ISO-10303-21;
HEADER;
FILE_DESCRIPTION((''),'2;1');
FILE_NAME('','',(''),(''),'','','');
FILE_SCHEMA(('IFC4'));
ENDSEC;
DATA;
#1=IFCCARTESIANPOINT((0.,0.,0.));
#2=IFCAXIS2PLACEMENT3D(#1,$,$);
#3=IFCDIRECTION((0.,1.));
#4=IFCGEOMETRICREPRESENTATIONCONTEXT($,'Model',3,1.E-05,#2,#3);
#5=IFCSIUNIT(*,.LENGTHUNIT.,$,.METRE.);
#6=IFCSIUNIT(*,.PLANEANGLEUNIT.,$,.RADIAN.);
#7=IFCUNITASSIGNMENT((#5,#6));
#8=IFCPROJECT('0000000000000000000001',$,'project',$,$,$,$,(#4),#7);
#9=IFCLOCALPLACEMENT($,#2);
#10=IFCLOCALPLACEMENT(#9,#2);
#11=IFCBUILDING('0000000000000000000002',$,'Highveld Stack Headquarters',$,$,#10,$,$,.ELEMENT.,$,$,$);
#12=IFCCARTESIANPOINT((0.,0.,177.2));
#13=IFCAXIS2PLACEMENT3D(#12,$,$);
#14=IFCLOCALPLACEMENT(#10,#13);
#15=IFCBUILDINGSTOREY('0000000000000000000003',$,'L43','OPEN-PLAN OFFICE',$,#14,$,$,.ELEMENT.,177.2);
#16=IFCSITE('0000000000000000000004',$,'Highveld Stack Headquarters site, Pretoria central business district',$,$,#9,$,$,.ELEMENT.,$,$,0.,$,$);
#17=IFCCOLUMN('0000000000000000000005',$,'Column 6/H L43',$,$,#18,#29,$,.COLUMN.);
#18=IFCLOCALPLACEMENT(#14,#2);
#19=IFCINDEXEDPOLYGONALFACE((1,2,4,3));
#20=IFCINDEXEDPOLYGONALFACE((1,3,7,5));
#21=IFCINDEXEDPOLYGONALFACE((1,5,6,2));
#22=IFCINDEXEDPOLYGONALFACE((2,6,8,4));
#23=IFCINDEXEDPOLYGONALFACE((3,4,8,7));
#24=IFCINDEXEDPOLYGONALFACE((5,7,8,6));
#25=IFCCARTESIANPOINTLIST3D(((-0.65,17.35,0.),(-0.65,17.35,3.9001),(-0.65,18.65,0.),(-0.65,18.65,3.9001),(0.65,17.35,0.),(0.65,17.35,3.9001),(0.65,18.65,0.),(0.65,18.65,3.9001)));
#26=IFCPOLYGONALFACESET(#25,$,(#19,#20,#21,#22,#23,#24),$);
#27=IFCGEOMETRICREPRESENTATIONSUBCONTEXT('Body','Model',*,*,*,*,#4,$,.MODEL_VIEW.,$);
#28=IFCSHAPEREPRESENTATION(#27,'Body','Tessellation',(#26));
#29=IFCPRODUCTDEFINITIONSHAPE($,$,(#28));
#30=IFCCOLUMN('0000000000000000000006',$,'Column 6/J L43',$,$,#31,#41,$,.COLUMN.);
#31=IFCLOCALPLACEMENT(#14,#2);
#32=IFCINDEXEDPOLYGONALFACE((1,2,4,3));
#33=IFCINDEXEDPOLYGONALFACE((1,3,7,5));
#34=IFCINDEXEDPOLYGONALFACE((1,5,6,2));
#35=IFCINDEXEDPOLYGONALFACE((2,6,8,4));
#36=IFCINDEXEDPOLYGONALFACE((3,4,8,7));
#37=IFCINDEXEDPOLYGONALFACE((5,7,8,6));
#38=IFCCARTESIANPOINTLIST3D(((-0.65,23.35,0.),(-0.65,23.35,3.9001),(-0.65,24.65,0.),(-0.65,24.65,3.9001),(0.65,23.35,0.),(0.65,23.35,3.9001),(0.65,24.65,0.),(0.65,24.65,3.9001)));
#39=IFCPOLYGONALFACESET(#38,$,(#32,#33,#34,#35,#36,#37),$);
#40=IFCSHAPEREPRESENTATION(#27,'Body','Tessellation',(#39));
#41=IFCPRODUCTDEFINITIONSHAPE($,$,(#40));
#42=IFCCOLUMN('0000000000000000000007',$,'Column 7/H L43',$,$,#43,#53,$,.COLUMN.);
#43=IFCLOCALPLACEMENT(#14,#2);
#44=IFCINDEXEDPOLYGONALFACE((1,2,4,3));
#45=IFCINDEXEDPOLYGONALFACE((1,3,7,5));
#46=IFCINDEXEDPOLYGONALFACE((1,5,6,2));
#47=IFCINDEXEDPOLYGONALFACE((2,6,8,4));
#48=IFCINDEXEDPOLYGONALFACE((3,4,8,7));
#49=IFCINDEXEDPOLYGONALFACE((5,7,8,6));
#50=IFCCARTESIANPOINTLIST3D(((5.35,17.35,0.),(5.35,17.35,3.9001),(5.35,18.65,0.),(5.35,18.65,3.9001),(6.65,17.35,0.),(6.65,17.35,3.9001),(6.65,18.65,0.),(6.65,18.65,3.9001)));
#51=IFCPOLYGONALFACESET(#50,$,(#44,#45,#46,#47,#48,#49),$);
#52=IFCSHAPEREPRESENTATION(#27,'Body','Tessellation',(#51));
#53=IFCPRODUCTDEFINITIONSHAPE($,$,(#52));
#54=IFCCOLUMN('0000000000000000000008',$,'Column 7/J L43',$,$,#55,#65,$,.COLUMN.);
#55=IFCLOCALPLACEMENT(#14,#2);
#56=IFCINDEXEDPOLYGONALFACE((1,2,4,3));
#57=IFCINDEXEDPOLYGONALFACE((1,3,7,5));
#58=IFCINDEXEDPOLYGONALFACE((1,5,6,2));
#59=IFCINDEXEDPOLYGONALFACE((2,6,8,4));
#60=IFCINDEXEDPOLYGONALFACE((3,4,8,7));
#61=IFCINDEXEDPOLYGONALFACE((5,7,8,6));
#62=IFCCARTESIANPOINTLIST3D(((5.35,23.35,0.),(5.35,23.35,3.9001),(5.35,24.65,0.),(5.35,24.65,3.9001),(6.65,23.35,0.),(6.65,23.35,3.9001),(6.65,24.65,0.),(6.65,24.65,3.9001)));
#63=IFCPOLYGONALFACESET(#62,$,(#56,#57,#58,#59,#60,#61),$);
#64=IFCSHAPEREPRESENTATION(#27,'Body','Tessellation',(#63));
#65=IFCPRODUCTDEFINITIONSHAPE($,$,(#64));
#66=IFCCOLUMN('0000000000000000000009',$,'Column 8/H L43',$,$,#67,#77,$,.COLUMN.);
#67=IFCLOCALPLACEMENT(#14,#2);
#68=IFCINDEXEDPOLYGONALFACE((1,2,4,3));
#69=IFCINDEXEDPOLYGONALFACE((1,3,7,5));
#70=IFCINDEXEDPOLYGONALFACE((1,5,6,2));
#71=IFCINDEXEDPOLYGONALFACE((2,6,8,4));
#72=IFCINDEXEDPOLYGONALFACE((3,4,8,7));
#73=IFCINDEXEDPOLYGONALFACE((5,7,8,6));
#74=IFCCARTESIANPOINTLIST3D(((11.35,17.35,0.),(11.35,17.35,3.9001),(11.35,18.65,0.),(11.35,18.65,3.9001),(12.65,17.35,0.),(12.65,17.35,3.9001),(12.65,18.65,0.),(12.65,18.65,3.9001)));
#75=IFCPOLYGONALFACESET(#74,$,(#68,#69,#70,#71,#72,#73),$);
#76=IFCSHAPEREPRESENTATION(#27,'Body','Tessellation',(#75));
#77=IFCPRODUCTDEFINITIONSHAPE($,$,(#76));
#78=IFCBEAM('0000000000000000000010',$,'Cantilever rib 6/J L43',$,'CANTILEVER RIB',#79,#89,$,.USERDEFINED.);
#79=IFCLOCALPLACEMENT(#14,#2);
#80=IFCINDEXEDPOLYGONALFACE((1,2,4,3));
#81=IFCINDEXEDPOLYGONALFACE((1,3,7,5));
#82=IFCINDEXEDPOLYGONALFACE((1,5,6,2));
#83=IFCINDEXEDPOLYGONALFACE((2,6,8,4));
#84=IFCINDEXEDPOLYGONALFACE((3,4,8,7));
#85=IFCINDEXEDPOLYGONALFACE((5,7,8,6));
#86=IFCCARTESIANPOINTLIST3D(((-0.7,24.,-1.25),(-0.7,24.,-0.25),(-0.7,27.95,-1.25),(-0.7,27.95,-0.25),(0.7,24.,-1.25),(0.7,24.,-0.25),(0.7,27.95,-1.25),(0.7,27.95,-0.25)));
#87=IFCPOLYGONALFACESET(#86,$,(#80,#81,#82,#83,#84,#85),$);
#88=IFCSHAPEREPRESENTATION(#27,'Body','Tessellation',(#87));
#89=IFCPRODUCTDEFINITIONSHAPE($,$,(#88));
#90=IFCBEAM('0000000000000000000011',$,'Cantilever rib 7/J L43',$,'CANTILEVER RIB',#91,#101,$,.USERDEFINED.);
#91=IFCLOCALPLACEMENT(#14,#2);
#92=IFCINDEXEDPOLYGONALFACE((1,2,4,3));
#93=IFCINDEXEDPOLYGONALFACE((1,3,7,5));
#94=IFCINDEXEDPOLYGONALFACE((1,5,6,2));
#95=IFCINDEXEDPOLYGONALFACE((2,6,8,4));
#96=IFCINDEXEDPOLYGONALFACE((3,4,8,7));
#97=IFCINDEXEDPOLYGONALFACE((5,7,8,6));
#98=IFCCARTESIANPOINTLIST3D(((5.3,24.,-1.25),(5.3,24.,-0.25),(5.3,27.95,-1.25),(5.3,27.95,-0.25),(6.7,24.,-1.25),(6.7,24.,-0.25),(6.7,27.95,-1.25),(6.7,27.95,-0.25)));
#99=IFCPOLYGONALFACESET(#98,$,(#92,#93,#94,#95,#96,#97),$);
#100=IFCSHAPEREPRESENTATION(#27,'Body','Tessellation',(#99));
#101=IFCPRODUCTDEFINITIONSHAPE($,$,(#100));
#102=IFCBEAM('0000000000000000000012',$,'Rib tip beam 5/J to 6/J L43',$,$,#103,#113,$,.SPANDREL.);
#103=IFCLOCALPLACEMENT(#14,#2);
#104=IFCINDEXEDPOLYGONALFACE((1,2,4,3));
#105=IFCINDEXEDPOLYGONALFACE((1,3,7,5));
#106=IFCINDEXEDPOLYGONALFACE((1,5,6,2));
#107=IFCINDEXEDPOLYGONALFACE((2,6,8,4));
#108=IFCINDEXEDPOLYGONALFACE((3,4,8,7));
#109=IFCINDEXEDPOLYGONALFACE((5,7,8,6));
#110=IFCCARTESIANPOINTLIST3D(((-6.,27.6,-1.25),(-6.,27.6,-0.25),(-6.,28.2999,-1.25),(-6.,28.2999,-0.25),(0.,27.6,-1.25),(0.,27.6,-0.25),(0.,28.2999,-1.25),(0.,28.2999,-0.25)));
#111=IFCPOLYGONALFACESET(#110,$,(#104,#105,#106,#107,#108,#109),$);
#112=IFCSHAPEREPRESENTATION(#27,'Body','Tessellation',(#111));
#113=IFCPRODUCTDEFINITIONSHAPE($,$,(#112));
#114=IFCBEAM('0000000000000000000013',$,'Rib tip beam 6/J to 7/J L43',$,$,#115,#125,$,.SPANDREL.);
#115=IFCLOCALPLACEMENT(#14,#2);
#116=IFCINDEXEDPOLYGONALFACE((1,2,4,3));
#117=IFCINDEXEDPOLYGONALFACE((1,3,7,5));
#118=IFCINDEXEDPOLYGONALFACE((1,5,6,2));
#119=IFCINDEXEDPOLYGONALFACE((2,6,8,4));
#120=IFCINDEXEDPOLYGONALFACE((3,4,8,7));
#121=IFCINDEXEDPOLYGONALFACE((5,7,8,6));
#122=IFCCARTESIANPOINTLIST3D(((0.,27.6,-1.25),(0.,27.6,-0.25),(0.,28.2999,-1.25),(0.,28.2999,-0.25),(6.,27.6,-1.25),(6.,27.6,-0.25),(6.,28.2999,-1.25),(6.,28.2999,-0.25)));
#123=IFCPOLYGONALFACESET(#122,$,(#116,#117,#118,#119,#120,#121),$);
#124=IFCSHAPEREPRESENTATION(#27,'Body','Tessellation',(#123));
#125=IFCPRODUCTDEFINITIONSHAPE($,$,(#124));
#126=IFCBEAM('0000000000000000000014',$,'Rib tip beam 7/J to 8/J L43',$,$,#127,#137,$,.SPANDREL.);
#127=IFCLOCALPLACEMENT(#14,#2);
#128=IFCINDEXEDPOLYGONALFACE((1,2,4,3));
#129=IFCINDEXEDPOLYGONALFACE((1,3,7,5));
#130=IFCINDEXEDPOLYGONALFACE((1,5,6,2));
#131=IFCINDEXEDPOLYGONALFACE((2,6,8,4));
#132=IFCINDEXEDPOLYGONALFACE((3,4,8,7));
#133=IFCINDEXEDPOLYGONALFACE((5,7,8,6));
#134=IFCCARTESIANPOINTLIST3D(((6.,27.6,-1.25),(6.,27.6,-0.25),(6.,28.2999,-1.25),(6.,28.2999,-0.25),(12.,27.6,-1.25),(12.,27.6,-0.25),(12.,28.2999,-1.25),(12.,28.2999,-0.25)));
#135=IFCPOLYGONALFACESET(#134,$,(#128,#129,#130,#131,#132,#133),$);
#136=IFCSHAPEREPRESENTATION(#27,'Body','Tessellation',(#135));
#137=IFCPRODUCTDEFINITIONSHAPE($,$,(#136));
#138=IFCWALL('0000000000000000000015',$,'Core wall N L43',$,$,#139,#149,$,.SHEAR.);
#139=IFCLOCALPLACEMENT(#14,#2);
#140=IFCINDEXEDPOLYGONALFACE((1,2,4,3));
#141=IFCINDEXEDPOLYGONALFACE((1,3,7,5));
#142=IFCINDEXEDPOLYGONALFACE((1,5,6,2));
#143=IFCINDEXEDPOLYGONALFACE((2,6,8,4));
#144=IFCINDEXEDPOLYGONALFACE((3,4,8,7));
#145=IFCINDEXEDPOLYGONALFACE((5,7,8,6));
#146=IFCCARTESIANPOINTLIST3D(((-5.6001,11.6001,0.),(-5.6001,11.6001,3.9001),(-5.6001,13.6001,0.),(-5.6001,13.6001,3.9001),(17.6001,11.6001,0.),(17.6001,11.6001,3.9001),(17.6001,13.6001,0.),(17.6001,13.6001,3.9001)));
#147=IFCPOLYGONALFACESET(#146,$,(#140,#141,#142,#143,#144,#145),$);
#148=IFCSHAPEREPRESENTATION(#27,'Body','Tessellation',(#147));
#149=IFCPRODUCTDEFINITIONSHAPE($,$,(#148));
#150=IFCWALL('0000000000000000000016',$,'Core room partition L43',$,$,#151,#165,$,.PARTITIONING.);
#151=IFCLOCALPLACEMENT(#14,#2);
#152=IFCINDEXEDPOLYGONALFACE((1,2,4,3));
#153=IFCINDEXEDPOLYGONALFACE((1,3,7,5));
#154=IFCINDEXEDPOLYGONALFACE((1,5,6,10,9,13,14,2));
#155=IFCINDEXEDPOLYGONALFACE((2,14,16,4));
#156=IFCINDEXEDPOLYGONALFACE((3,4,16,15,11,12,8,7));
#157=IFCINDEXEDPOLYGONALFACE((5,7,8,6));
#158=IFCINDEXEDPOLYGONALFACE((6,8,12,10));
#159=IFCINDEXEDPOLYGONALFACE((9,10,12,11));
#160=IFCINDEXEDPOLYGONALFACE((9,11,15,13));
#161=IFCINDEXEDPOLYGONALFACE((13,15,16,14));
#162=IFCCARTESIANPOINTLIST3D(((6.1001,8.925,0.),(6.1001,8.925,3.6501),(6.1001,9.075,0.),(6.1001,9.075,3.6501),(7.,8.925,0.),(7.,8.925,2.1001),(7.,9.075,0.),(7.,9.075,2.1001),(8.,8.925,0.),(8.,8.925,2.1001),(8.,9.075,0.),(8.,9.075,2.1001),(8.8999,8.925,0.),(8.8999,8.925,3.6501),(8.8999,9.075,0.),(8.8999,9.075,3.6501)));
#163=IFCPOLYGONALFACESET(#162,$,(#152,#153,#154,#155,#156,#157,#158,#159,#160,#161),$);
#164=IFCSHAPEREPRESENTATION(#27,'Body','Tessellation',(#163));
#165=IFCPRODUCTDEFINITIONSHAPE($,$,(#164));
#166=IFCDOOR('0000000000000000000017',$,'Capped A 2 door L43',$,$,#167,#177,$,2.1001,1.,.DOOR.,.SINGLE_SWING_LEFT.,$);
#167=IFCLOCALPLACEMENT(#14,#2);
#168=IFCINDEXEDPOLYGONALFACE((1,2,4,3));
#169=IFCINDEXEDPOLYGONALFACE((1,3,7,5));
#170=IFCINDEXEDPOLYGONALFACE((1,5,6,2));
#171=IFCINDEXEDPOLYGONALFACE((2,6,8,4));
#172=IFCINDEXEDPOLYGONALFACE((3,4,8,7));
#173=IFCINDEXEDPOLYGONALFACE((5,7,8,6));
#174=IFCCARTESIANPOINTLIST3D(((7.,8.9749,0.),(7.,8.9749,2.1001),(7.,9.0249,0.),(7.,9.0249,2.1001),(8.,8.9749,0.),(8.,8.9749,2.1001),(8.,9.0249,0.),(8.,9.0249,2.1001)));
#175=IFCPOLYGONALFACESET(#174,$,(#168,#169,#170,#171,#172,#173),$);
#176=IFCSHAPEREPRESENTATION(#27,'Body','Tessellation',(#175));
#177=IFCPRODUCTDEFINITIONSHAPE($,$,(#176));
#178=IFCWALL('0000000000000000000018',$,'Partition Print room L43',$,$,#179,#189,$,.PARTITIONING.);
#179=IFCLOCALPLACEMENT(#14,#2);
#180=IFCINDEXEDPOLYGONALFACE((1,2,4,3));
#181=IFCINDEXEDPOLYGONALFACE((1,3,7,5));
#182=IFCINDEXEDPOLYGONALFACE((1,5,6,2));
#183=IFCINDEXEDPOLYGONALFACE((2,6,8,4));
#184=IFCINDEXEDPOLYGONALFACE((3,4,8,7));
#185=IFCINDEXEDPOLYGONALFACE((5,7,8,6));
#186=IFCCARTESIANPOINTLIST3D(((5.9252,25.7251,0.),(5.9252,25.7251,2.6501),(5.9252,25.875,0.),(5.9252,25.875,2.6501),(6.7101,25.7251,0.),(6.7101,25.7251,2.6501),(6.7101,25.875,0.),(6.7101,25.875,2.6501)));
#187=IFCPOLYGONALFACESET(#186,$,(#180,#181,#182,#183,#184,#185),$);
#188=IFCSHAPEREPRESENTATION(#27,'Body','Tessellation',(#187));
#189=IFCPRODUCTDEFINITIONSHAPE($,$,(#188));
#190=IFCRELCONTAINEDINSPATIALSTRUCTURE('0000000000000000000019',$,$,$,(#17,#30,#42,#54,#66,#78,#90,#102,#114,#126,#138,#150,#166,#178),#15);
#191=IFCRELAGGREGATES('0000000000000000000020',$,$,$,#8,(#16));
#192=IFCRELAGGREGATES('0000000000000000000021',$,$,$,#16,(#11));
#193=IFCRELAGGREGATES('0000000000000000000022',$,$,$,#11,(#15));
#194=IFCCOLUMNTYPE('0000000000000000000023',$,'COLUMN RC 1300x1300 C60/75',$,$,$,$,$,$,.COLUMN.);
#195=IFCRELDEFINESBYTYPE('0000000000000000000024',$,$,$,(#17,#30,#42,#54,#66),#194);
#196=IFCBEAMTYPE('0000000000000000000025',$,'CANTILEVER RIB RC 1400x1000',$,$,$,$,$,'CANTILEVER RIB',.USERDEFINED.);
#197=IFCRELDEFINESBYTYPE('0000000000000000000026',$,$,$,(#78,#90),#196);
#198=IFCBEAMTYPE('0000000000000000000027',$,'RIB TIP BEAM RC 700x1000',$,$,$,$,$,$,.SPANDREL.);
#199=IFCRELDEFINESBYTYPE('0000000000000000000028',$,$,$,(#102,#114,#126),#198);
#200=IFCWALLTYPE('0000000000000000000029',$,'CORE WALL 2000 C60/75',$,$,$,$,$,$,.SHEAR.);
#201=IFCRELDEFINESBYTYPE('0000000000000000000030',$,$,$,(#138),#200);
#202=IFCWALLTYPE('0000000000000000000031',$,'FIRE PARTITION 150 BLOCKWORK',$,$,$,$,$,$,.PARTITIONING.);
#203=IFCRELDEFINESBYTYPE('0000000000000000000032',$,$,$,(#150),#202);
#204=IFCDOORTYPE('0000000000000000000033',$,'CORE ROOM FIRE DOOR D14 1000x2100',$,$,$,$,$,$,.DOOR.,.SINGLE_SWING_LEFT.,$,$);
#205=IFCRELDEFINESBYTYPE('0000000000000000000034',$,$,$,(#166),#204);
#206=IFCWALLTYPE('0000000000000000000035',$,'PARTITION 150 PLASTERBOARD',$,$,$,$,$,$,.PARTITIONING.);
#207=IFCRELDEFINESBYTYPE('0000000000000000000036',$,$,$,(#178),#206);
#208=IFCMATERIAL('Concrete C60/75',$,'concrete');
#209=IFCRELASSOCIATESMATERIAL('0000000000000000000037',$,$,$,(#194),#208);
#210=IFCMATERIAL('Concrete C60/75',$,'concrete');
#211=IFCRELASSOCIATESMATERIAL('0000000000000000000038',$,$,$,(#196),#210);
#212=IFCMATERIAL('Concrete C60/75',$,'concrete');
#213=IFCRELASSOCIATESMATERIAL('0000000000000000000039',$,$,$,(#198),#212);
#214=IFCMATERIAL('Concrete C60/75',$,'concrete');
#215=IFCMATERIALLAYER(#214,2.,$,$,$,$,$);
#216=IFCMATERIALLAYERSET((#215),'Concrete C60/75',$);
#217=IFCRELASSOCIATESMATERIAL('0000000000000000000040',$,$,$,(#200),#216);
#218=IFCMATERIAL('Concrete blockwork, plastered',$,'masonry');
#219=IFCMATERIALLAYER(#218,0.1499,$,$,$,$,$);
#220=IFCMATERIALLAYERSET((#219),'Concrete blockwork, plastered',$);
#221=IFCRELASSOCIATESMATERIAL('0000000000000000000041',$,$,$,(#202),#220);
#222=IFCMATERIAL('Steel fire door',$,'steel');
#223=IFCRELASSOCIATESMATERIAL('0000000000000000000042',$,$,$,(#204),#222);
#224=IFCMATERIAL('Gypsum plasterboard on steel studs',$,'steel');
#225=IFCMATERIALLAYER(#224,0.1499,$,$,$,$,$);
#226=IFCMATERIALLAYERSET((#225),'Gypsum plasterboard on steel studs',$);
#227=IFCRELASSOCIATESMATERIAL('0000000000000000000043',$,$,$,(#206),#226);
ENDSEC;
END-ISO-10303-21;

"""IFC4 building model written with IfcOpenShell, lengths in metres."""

from ifc_helpers import new_model, si_unit, direction, frame, frame_2d, origin, origin_2d, place, context, subcontext, project, spatial, rectangle, extrude, material, layer, layer_set, material_profile, profile_set, type_object, element, fill, save


model = new_model("IFC4")

# Units and contexts
model_context = context("Model", 3, precision=1e-05, world=origin(), true_north=direction((0.0, 1.0)))
body_context = subcontext(model_context, "Body", "Model", "MODEL_VIEW")
ifc_project = project(units=[si_unit("LENGTHUNIT", "METRE"), si_unit("PLANEANGLEUNIT", "RADIAN")], contexts=[model_context])

# Site, building, storey
site_placement = place(None, origin())
site = spatial("IfcSite", under=ifc_project, at=site_placement, Name="Highveld Stack Headquarters site, Pretoria central business district", CompositionType="ELEMENT", RefElevation=0.0)
building_placement = place(site_placement, origin())
building = spatial("IfcBuilding", under=site, at=building_placement, Name="Highveld Stack Headquarters", CompositionType="ELEMENT")
storey_placement = place(building_placement, frame((0.0, 0.0, 177.2)))
storey = spatial("IfcBuildingStorey", under=building, at=storey_placement, Name="L43", Description="OPEN-PLAN OFFICE", CompositionType="ELEMENT", Elevation=177.2)

# Columns
ifc_material_1 = material(Name="Concrete C60/75", Category="concrete")
ifc_material_profile_1 = material_profile(ifc_material_1, rectangle(XDim=1.3, YDim=1.3, at=origin_2d()), Name="RC 1300x1300")
ifc_profile_set_1 = profile_set([ifc_material_profile_1], Name="Concrete C60/75")
column_type = type_object("IfcColumnType", Name="COLUMN RC 1300x1300 C60/75", PredefinedType="COLUMN", material=ifc_profile_set_1)
for number, where, z_axis, x_axis, name in (
    (1, (0.0, 18.0, 0.0), (0.0, 0.0, 1.0), (1.0, 0.0, 0.0), "Column 6/H L43"),
    (2, (0.0, 24.0, 0.0), (0.0, 0.0, 1.0), (1.0, 0.0, 0.0), "Column 6/J L43"),
    (3, (6.0, 18.0, 0.0), (0.0, 0.0, 1.0), (1.0, 0.0, 0.0), "Column 7/H L43"),
    (4, (6.0, 24.0, 0.0), (0.0, 0.0, 1.0), (1.0, 0.0, 0.0), "Column 7/J L43"),
    (5, (12.0, 18.0, 0.0), (0.0, 0.0, 1.0), (1.0, 0.0, 0.0), "Column 8/H L43"),
):
    element("IfcColumn", number, at=place(storey_placement, frame(where, z_axis=z_axis, x_axis=x_axis)), inside=storey, type_object=column_type, Name=name, PredefinedType="COLUMN", context=body_context, shape_type="SweptSolid", body=[
        extrude(rectangle(XDim=1.3, YDim=1.3, at=origin_2d()), origin(), (0.0, 0.0, 1.0), 3.9001),
    ])

# Beams
ifc_material_2 = material(Name="Concrete C60/75", Category="concrete")
ifc_material_profile_2 = material_profile(ifc_material_2, rectangle(XDim=1.3999, YDim=1.0, at=origin_2d()), Name="RC 1400x1000")
ifc_profile_set_2 = profile_set([ifc_material_profile_2], Name="Concrete C60/75")
beam_type_1 = type_object("IfcBeamType", Name="CANTILEVER RIB RC 1400x1000", ElementType="CANTILEVER RIB", PredefinedType="USERDEFINED", material=ifc_profile_set_2)
for number, where, z_axis, x_axis, name in (
    (6, (0.0, 24.0, -0.75), (0.0, 1.0, 0.0), (-1.0, 0.0, 0.0), "Cantilever rib 6/J L43"),
    (7, (6.0, 24.0, -0.75), (0.0, 1.0, 0.0), (-1.0, 0.0, 0.0), "Cantilever rib 7/J L43"),
):
    element("IfcBeam", number, at=place(storey_placement, frame(where, z_axis=z_axis, x_axis=x_axis)), inside=storey, type_object=beam_type_1, Name=name, ObjectType="CANTILEVER RIB", PredefinedType="USERDEFINED", context=body_context, shape_type="SweptSolid", body=[
        extrude(rectangle(XDim=1.3999, YDim=1.0, at=origin_2d()), origin(), (0.0, 0.0, 1.0), 3.95),
    ])
ifc_material_3 = material(Name="Concrete C60/75", Category="concrete")
ifc_material_profile_3 = material_profile(ifc_material_3, rectangle(XDim=0.7, YDim=1.0, at=origin_2d()), Name="RC 700x1000")
ifc_profile_set_3 = profile_set([ifc_material_profile_3], Name="Concrete C60/75")
beam_type_2 = type_object("IfcBeamType", Name="RIB TIP BEAM RC 700x1000", PredefinedType="SPANDREL", material=ifc_profile_set_3)
for number, where, z_axis, x_axis, name in (
    (8, (-6.0, 27.95, -0.75), (1.0, 0.0, 0.0), (0.0, 1.0, 0.0), "Rib tip beam 5/J to 6/J L43"),
    (9, (0.0, 27.95, -0.75), (1.0, 0.0, 0.0), (0.0, 1.0, 0.0), "Rib tip beam 6/J to 7/J L43"),
    (10, (6.0, 27.95, -0.75), (1.0, 0.0, 0.0), (0.0, 1.0, 0.0), "Rib tip beam 7/J to 8/J L43"),
):
    element("IfcBeam", number, at=place(storey_placement, frame(where, z_axis=z_axis, x_axis=x_axis)), inside=storey, type_object=beam_type_2, Name=name, PredefinedType="SPANDREL", context=body_context, shape_type="SweptSolid", body=[
        extrude(rectangle(XDim=0.7, YDim=1.0, at=origin_2d()), origin(), (0.0, 0.0, 1.0), 6.0),
    ])

# Wall
ifc_material_4 = material(Name="Concrete C60/75", Category="concrete")
ifc_layer_1 = layer(ifc_material_4, 2.0)
ifc_layer_set_1 = layer_set([ifc_layer_1], Name="Concrete C60/75")
wall_type_1 = type_object("IfcWallType", Name="CORE WALL 2000 C60/75", PredefinedType="SHEAR", material=ifc_layer_set_1)
wall_1_placement = place(storey_placement, frame((-5.6001, 12.6001, 0.0), z_axis=(0.0, 0.0, 1.0), x_axis=(1.0, 0.0, 0.0)))
element("IfcWall", 11, at=wall_1_placement, inside=storey, type_object=wall_type_1, Name="Core wall N L43", PredefinedType="SHEAR", context=body_context, shape_type="SweptSolid", body=[
    extrude(rectangle(XDim=23.2002, YDim=2.0, at=frame_2d((11.6001, 0.0))), origin(), (0.0, 0.0, 1.0), 3.9001),
])

# Wall, opening, door
ifc_material_5 = material(Name="Concrete blockwork, plastered", Category="masonry")
ifc_layer_2 = layer(ifc_material_5, 0.1499)
ifc_layer_set_2 = layer_set([ifc_layer_2], Name="Concrete blockwork, plastered")
wall_type_2 = type_object("IfcWallType", Name="FIRE PARTITION 150 BLOCKWORK", PredefinedType="PARTITIONING", material=ifc_layer_set_2)
wall_2_placement = place(storey_placement, frame((6.1001, 9.0, 0.0), z_axis=(0.0, 0.0, 1.0), x_axis=(1.0, 0.0, 0.0)))
wall_2 = element("IfcWall", 12, at=wall_2_placement, inside=storey, type_object=wall_type_2, Name="Core room partition L43", PredefinedType="PARTITIONING", context=body_context, shape_type="SweptSolid", body=[
    extrude(rectangle(XDim=2.7998, YDim=0.1499, at=frame_2d((1.3999, 0.0))), origin(), (0.0, 0.0, 1.0), 3.6501),
])
opening_1_placement = place(wall_2_placement, frame((0.8999, 0.0, 0.0)))
opening_1 = element("IfcOpeningElement", 13, at=opening_1_placement, cuts=wall_2, PredefinedType="OPENING", context=body_context, shape_type="SweptSolid", body=[
    extrude(rectangle(XDim=1.0, YDim=2.1001, at=frame_2d((0.5, 1.05))), frame((0.0, 0.085, 0.0), z_axis=(0.0, -1.0, 0.0), x_axis=(1.0, 0.0, 0.0)), (0.0, 0.0, 1.0), 0.1699),
])
ifc_material_6 = material(Name="Steel fire door", Category="steel")
door_type_1 = type_object("IfcDoorType", Name="CORE ROOM FIRE DOOR D14 1000x2100", OperationType="SINGLE_SWING_LEFT", PredefinedType="DOOR", material=ifc_material_6)
door_1_placement = place(opening_1_placement, origin())
door_1 = element("IfcDoor", 14, at=door_1_placement, inside=storey, type_object=door_type_1, Name="Capped A 2 door L43", OperationType="SINGLE_SWING_LEFT", OverallHeight=2.1001, OverallWidth=1.0, PredefinedType="DOOR", context=body_context, shape_type="SweptSolid", body=[
    extrude(rectangle(XDim=1.0, YDim=2.1001, at=frame_2d((0.5, 1.05))), frame((0.0, 0.0249, 0.0), z_axis=(0.0, -1.0, 0.0), x_axis=(1.0, 0.0, 0.0)), (0.0, 0.0, 1.0), 0.05),
])
fill(opening_1, door_1)

# Wall
ifc_material_7 = material(Name="Gypsum plasterboard on steel studs", Category="steel")
ifc_layer_3 = layer(ifc_material_7, 0.1499)
ifc_layer_set_3 = layer_set([ifc_layer_3], Name="Gypsum plasterboard on steel studs")
wall_type_3 = type_object("IfcWallType", Name="PARTITION 150 PLASTERBOARD", PredefinedType="PARTITIONING", material=ifc_layer_set_3)
wall_3_placement = place(storey_placement, frame((5.925, 25.8, 0.0), z_axis=(0.0, 0.0, 1.0), x_axis=(1.0, 0.0, 0.0)))
element("IfcWall", 15, at=wall_3_placement, inside=storey, type_object=wall_type_3, Name="Partition Print room L43", PredefinedType="PARTITIONING", context=body_context, shape_type="SweptSolid", body=[
    extrude(rectangle(XDim=0.7849, YDim=0.1499, at=frame_2d((0.3926, 0.0))), origin(), (0.0, 0.0, 1.0), 2.6501),
])

save(model, "model.ifc")
